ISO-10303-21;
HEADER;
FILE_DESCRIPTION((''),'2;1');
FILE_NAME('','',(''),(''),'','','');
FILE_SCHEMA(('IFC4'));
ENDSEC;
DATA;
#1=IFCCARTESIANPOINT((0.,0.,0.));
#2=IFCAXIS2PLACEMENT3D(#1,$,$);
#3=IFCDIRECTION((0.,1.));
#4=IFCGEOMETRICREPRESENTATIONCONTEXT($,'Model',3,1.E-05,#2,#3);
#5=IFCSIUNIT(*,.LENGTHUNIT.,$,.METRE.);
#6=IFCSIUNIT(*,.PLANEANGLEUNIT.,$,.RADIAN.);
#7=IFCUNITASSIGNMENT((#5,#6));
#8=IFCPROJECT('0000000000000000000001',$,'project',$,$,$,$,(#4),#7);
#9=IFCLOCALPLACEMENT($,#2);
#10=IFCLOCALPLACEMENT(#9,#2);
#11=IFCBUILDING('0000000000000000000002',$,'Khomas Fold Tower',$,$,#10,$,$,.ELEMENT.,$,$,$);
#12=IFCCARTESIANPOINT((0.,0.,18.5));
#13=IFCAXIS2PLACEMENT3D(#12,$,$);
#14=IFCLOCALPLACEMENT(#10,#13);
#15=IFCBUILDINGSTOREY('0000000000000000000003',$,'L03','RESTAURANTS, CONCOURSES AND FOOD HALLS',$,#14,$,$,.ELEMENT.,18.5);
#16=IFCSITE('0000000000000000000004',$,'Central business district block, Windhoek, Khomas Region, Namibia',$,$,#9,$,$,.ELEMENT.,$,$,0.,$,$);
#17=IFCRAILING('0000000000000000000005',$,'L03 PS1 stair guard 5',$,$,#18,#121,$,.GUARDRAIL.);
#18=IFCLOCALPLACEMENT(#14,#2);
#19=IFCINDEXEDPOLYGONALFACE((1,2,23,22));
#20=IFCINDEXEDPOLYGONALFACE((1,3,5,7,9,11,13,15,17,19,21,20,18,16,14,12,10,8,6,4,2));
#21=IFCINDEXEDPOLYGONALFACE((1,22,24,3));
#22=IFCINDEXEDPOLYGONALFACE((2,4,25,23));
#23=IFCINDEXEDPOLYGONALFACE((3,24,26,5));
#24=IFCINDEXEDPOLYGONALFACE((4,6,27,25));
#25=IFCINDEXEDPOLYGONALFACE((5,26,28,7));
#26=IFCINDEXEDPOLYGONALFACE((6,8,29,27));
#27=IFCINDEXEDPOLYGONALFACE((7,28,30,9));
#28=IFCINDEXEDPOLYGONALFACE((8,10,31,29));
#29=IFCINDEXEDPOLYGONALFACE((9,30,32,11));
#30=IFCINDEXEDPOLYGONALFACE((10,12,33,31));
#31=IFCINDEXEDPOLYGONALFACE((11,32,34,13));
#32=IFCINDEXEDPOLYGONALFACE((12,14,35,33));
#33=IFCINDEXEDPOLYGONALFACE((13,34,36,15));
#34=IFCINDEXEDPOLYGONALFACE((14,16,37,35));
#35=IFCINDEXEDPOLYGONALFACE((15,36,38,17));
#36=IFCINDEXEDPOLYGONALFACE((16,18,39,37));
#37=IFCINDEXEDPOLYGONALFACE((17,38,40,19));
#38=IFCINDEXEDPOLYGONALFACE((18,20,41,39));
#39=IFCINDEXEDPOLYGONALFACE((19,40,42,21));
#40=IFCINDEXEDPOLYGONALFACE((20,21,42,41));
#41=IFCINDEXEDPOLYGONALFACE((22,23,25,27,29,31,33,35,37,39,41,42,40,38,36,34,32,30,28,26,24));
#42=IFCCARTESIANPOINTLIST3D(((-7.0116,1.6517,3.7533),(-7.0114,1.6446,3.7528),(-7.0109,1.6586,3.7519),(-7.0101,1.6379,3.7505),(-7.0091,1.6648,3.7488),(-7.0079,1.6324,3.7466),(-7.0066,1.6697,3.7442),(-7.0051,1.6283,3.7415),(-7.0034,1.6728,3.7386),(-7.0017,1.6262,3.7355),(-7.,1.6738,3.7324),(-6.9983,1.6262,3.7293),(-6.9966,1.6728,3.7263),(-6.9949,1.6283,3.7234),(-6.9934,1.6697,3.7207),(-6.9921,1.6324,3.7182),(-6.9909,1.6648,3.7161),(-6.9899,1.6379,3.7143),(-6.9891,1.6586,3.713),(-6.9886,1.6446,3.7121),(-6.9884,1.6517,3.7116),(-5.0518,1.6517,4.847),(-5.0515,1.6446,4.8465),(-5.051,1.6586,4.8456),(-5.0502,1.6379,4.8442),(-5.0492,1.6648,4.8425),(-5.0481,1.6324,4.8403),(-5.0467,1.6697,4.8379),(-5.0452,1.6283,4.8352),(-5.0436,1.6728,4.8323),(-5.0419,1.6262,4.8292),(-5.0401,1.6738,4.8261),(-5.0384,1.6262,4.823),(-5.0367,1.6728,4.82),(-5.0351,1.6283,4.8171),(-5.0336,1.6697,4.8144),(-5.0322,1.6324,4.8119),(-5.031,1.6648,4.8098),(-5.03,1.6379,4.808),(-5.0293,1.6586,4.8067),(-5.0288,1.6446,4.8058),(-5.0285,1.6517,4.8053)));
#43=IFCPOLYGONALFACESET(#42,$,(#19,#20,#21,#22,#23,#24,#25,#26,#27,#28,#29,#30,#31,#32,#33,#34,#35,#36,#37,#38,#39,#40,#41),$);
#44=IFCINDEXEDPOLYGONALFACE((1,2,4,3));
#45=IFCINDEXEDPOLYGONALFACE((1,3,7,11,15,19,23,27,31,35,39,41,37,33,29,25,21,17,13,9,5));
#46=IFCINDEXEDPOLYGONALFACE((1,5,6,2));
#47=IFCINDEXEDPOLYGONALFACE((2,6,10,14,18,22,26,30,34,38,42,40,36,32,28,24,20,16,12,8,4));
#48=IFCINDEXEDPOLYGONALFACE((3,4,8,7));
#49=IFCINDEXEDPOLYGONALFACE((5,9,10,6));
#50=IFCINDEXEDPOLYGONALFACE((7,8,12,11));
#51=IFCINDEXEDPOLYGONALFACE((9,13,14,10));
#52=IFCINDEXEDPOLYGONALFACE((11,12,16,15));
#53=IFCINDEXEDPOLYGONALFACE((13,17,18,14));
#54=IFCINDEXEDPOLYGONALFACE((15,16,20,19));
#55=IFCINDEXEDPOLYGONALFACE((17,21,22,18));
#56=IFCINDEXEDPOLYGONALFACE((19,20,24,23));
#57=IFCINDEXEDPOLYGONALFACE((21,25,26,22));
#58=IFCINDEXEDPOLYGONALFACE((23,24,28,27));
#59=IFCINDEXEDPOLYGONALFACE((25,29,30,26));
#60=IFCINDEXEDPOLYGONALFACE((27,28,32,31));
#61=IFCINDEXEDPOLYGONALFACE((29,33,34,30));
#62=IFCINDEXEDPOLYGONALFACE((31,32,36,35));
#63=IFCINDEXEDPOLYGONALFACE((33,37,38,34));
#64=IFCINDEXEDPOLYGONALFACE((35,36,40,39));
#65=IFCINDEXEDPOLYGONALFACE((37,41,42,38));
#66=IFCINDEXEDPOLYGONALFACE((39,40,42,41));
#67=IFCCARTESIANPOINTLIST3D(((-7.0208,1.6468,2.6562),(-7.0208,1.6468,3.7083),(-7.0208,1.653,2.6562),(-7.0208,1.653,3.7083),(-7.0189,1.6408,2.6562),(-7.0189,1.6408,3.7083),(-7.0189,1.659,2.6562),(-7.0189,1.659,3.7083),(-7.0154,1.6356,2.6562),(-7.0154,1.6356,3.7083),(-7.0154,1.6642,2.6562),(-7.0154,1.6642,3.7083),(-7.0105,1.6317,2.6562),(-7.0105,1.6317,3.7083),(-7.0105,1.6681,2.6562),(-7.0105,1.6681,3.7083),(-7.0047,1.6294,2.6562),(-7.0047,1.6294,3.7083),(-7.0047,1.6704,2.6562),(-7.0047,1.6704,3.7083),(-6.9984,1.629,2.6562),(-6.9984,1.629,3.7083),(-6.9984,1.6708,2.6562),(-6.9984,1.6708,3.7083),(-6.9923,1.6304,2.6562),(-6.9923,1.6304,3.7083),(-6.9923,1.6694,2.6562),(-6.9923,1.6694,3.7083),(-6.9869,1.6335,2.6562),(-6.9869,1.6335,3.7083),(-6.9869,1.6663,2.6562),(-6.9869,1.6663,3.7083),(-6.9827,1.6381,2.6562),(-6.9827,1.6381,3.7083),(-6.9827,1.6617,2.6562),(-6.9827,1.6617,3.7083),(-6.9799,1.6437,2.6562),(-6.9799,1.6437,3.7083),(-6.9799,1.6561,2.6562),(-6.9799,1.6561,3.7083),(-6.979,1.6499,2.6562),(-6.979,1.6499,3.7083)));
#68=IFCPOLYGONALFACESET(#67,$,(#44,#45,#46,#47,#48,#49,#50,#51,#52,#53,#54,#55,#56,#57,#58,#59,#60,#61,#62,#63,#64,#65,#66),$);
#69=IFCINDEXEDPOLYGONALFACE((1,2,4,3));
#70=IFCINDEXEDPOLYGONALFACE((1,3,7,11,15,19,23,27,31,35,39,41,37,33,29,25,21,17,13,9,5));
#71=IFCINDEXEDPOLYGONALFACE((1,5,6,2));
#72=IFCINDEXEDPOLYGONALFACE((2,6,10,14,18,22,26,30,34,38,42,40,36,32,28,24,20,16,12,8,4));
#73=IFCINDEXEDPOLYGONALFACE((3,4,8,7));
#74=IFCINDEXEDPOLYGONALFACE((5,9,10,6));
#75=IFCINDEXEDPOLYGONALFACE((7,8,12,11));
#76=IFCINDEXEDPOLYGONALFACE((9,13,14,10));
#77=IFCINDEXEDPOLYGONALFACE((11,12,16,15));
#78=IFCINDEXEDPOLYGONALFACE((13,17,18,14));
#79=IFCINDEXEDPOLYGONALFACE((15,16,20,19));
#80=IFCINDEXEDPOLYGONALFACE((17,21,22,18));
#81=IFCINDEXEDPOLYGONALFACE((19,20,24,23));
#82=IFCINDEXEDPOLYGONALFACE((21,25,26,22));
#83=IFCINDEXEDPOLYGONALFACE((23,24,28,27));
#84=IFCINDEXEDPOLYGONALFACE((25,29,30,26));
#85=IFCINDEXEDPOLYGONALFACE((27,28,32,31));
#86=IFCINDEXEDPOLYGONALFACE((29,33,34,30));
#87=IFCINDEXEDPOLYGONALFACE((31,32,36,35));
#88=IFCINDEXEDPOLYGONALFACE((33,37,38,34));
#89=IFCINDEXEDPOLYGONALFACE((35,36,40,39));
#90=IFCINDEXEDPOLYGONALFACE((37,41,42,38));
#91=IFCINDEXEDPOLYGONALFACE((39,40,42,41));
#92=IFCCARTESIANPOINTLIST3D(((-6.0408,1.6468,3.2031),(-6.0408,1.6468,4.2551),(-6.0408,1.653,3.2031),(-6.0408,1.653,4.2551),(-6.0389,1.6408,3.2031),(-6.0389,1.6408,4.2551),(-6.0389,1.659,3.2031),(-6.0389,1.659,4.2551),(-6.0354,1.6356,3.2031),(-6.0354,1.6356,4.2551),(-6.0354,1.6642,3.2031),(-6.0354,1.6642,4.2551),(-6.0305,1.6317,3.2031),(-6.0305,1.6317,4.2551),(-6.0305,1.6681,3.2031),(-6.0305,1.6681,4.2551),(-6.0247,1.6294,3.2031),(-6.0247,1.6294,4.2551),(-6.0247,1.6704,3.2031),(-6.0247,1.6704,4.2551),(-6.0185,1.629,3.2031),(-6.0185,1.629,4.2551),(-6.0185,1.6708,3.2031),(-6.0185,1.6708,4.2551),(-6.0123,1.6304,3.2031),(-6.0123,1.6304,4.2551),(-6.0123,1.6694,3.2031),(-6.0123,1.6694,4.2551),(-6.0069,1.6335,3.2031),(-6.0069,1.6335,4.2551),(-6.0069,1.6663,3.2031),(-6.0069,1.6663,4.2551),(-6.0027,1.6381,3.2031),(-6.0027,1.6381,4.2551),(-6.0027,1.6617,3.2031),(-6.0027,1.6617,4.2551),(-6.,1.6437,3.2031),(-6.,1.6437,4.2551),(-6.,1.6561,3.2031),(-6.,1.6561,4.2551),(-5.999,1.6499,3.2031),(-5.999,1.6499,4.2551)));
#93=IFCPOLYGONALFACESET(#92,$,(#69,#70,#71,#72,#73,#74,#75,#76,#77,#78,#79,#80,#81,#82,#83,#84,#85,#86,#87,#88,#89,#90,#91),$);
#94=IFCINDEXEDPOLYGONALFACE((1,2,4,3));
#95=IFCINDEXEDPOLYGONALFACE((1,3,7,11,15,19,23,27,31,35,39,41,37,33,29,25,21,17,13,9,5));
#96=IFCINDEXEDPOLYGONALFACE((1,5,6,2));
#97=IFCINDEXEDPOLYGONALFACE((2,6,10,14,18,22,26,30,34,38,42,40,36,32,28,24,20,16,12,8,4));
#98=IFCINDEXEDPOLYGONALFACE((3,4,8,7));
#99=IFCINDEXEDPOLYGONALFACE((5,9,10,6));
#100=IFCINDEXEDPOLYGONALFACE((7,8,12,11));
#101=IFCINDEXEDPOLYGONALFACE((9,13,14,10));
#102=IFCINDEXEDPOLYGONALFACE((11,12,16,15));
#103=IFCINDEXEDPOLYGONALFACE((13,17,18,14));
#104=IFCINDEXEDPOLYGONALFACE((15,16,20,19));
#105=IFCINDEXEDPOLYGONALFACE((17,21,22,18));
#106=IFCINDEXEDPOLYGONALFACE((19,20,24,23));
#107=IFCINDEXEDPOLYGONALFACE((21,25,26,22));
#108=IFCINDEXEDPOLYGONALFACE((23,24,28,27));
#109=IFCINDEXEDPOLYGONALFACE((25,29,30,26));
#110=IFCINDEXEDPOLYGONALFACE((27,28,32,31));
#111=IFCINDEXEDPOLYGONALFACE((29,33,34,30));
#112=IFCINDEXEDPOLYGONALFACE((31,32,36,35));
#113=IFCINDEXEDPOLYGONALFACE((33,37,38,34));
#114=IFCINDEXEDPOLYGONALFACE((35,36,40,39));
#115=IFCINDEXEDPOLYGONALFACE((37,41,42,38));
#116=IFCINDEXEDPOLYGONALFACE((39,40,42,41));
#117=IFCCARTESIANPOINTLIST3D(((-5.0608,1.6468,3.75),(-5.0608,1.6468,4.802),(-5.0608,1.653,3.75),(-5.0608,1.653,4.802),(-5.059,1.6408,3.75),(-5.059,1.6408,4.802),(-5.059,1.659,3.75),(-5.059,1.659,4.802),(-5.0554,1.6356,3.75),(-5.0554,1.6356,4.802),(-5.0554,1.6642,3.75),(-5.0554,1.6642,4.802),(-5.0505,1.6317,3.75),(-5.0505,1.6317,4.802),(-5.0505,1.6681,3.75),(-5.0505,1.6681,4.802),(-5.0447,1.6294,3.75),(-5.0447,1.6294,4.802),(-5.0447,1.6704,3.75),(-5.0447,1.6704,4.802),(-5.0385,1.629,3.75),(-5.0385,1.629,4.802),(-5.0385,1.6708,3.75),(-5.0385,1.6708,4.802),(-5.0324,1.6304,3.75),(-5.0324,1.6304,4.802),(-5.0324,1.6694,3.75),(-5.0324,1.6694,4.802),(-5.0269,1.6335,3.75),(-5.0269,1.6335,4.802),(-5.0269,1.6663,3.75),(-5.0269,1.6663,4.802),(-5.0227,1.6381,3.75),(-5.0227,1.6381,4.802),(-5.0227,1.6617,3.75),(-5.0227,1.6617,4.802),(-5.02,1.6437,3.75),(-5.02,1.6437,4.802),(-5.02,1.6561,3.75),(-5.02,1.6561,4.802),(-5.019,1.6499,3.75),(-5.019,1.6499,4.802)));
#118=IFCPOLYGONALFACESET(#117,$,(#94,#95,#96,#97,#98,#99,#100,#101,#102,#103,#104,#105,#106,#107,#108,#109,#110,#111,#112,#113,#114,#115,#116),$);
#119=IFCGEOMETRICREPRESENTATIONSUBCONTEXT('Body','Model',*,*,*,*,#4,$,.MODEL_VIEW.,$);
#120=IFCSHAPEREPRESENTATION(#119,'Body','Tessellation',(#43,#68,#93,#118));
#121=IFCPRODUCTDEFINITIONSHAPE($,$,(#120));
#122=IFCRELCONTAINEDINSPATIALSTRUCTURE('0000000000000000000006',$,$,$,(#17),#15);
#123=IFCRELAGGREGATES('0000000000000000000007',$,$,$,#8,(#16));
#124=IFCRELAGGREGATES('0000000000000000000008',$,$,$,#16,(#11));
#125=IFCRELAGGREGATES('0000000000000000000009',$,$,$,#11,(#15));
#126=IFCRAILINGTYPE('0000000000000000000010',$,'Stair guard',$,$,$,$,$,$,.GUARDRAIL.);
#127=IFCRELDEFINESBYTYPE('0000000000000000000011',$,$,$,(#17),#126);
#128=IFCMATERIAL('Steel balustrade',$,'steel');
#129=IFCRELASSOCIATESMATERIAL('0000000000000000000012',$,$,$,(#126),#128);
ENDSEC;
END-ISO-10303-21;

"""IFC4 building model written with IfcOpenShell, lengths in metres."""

from ifc_helpers import new_model, si_unit, direction, frame, origin, origin_2d, place, context, subcontext, project, spatial, circle, extrude, source, transform, mapped, material, type_object, element, save


model = new_model("IFC4")

# Units and contexts
model_context = context("Model", 3, precision=1e-05, world=origin(), true_north=direction((0.0, 1.0)))
body_context = subcontext(model_context, "Body", "Model", "MODEL_VIEW")
ifc_project = project(units=[si_unit("LENGTHUNIT", "METRE"), si_unit("PLANEANGLEUNIT", "RADIAN")], contexts=[model_context])

# Site, building, storey
site_placement = place(None, origin())
site = spatial("IfcSite", under=ifc_project, at=site_placement, Name="Central business district block, Windhoek, Khomas Region, Namibia", CompositionType="ELEMENT", RefElevation=0.0)
building_placement = place(site_placement, origin())
building = spatial("IfcBuilding", under=site, at=building_placement, Name="Khomas Fold Tower", CompositionType="ELEMENT")
storey_placement = place(building_placement, frame((0.0, 0.0, 18.5)))
storey = spatial("IfcBuildingStorey", under=building, at=storey_placement, Name="L03", Description="RESTAURANTS, CONCOURSES AND FOOD HALLS", CompositionType="ELEMENT", Elevation=18.5)

# Railing
ifc_material_1 = material(Name="Steel balustrade", Category="steel")
railing_type_1 = type_object("IfcRailingType", Name="Stair guard", PredefinedType="GUARDRAIL", material=ifc_material_1)
shared_shape_1 = source(origin(), body_context, "Body", "SweptSolid", [
    extrude(circle(Radius=0.0239, at=origin_2d()), frame((0.0, 0.0, 1.0762), z_axis=(0.873232, 0.0, 0.487304), x_axis=(0.0, 1.0, 0.0)), (0.0, 0.0, 1.0), 2.2444),
    extrude(circle(Radius=0.021, at=origin_2d()), origin(), (0.0, 0.0, 1.0), 1.052),
    extrude(circle(Radius=0.021, at=origin_2d()), frame((0.98, 0.0, 0.5469)), (0.0, 0.0, 1.0), 1.052),
    extrude(circle(Radius=0.021, at=origin_2d()), frame((1.96, 0.0, 1.0938)), (0.0, 0.0, 1.0), 1.052),
])
for number, where, name in (
    (1, (-7.0, 1.6499, 2.6562), "L03 PS1 stair guard 5"),
):
    element("IfcRailing", number, at=place(storey_placement, frame(where)), inside=storey, type_object=railing_type_1, Name=name, PredefinedType="GUARDRAIL", context=body_context, shape_type="MappedRepresentation", body=[
        mapped(shared_shape_1, transform((0.0, 0.0, 0.0))),
    ])

save(model, "model.ifc")
